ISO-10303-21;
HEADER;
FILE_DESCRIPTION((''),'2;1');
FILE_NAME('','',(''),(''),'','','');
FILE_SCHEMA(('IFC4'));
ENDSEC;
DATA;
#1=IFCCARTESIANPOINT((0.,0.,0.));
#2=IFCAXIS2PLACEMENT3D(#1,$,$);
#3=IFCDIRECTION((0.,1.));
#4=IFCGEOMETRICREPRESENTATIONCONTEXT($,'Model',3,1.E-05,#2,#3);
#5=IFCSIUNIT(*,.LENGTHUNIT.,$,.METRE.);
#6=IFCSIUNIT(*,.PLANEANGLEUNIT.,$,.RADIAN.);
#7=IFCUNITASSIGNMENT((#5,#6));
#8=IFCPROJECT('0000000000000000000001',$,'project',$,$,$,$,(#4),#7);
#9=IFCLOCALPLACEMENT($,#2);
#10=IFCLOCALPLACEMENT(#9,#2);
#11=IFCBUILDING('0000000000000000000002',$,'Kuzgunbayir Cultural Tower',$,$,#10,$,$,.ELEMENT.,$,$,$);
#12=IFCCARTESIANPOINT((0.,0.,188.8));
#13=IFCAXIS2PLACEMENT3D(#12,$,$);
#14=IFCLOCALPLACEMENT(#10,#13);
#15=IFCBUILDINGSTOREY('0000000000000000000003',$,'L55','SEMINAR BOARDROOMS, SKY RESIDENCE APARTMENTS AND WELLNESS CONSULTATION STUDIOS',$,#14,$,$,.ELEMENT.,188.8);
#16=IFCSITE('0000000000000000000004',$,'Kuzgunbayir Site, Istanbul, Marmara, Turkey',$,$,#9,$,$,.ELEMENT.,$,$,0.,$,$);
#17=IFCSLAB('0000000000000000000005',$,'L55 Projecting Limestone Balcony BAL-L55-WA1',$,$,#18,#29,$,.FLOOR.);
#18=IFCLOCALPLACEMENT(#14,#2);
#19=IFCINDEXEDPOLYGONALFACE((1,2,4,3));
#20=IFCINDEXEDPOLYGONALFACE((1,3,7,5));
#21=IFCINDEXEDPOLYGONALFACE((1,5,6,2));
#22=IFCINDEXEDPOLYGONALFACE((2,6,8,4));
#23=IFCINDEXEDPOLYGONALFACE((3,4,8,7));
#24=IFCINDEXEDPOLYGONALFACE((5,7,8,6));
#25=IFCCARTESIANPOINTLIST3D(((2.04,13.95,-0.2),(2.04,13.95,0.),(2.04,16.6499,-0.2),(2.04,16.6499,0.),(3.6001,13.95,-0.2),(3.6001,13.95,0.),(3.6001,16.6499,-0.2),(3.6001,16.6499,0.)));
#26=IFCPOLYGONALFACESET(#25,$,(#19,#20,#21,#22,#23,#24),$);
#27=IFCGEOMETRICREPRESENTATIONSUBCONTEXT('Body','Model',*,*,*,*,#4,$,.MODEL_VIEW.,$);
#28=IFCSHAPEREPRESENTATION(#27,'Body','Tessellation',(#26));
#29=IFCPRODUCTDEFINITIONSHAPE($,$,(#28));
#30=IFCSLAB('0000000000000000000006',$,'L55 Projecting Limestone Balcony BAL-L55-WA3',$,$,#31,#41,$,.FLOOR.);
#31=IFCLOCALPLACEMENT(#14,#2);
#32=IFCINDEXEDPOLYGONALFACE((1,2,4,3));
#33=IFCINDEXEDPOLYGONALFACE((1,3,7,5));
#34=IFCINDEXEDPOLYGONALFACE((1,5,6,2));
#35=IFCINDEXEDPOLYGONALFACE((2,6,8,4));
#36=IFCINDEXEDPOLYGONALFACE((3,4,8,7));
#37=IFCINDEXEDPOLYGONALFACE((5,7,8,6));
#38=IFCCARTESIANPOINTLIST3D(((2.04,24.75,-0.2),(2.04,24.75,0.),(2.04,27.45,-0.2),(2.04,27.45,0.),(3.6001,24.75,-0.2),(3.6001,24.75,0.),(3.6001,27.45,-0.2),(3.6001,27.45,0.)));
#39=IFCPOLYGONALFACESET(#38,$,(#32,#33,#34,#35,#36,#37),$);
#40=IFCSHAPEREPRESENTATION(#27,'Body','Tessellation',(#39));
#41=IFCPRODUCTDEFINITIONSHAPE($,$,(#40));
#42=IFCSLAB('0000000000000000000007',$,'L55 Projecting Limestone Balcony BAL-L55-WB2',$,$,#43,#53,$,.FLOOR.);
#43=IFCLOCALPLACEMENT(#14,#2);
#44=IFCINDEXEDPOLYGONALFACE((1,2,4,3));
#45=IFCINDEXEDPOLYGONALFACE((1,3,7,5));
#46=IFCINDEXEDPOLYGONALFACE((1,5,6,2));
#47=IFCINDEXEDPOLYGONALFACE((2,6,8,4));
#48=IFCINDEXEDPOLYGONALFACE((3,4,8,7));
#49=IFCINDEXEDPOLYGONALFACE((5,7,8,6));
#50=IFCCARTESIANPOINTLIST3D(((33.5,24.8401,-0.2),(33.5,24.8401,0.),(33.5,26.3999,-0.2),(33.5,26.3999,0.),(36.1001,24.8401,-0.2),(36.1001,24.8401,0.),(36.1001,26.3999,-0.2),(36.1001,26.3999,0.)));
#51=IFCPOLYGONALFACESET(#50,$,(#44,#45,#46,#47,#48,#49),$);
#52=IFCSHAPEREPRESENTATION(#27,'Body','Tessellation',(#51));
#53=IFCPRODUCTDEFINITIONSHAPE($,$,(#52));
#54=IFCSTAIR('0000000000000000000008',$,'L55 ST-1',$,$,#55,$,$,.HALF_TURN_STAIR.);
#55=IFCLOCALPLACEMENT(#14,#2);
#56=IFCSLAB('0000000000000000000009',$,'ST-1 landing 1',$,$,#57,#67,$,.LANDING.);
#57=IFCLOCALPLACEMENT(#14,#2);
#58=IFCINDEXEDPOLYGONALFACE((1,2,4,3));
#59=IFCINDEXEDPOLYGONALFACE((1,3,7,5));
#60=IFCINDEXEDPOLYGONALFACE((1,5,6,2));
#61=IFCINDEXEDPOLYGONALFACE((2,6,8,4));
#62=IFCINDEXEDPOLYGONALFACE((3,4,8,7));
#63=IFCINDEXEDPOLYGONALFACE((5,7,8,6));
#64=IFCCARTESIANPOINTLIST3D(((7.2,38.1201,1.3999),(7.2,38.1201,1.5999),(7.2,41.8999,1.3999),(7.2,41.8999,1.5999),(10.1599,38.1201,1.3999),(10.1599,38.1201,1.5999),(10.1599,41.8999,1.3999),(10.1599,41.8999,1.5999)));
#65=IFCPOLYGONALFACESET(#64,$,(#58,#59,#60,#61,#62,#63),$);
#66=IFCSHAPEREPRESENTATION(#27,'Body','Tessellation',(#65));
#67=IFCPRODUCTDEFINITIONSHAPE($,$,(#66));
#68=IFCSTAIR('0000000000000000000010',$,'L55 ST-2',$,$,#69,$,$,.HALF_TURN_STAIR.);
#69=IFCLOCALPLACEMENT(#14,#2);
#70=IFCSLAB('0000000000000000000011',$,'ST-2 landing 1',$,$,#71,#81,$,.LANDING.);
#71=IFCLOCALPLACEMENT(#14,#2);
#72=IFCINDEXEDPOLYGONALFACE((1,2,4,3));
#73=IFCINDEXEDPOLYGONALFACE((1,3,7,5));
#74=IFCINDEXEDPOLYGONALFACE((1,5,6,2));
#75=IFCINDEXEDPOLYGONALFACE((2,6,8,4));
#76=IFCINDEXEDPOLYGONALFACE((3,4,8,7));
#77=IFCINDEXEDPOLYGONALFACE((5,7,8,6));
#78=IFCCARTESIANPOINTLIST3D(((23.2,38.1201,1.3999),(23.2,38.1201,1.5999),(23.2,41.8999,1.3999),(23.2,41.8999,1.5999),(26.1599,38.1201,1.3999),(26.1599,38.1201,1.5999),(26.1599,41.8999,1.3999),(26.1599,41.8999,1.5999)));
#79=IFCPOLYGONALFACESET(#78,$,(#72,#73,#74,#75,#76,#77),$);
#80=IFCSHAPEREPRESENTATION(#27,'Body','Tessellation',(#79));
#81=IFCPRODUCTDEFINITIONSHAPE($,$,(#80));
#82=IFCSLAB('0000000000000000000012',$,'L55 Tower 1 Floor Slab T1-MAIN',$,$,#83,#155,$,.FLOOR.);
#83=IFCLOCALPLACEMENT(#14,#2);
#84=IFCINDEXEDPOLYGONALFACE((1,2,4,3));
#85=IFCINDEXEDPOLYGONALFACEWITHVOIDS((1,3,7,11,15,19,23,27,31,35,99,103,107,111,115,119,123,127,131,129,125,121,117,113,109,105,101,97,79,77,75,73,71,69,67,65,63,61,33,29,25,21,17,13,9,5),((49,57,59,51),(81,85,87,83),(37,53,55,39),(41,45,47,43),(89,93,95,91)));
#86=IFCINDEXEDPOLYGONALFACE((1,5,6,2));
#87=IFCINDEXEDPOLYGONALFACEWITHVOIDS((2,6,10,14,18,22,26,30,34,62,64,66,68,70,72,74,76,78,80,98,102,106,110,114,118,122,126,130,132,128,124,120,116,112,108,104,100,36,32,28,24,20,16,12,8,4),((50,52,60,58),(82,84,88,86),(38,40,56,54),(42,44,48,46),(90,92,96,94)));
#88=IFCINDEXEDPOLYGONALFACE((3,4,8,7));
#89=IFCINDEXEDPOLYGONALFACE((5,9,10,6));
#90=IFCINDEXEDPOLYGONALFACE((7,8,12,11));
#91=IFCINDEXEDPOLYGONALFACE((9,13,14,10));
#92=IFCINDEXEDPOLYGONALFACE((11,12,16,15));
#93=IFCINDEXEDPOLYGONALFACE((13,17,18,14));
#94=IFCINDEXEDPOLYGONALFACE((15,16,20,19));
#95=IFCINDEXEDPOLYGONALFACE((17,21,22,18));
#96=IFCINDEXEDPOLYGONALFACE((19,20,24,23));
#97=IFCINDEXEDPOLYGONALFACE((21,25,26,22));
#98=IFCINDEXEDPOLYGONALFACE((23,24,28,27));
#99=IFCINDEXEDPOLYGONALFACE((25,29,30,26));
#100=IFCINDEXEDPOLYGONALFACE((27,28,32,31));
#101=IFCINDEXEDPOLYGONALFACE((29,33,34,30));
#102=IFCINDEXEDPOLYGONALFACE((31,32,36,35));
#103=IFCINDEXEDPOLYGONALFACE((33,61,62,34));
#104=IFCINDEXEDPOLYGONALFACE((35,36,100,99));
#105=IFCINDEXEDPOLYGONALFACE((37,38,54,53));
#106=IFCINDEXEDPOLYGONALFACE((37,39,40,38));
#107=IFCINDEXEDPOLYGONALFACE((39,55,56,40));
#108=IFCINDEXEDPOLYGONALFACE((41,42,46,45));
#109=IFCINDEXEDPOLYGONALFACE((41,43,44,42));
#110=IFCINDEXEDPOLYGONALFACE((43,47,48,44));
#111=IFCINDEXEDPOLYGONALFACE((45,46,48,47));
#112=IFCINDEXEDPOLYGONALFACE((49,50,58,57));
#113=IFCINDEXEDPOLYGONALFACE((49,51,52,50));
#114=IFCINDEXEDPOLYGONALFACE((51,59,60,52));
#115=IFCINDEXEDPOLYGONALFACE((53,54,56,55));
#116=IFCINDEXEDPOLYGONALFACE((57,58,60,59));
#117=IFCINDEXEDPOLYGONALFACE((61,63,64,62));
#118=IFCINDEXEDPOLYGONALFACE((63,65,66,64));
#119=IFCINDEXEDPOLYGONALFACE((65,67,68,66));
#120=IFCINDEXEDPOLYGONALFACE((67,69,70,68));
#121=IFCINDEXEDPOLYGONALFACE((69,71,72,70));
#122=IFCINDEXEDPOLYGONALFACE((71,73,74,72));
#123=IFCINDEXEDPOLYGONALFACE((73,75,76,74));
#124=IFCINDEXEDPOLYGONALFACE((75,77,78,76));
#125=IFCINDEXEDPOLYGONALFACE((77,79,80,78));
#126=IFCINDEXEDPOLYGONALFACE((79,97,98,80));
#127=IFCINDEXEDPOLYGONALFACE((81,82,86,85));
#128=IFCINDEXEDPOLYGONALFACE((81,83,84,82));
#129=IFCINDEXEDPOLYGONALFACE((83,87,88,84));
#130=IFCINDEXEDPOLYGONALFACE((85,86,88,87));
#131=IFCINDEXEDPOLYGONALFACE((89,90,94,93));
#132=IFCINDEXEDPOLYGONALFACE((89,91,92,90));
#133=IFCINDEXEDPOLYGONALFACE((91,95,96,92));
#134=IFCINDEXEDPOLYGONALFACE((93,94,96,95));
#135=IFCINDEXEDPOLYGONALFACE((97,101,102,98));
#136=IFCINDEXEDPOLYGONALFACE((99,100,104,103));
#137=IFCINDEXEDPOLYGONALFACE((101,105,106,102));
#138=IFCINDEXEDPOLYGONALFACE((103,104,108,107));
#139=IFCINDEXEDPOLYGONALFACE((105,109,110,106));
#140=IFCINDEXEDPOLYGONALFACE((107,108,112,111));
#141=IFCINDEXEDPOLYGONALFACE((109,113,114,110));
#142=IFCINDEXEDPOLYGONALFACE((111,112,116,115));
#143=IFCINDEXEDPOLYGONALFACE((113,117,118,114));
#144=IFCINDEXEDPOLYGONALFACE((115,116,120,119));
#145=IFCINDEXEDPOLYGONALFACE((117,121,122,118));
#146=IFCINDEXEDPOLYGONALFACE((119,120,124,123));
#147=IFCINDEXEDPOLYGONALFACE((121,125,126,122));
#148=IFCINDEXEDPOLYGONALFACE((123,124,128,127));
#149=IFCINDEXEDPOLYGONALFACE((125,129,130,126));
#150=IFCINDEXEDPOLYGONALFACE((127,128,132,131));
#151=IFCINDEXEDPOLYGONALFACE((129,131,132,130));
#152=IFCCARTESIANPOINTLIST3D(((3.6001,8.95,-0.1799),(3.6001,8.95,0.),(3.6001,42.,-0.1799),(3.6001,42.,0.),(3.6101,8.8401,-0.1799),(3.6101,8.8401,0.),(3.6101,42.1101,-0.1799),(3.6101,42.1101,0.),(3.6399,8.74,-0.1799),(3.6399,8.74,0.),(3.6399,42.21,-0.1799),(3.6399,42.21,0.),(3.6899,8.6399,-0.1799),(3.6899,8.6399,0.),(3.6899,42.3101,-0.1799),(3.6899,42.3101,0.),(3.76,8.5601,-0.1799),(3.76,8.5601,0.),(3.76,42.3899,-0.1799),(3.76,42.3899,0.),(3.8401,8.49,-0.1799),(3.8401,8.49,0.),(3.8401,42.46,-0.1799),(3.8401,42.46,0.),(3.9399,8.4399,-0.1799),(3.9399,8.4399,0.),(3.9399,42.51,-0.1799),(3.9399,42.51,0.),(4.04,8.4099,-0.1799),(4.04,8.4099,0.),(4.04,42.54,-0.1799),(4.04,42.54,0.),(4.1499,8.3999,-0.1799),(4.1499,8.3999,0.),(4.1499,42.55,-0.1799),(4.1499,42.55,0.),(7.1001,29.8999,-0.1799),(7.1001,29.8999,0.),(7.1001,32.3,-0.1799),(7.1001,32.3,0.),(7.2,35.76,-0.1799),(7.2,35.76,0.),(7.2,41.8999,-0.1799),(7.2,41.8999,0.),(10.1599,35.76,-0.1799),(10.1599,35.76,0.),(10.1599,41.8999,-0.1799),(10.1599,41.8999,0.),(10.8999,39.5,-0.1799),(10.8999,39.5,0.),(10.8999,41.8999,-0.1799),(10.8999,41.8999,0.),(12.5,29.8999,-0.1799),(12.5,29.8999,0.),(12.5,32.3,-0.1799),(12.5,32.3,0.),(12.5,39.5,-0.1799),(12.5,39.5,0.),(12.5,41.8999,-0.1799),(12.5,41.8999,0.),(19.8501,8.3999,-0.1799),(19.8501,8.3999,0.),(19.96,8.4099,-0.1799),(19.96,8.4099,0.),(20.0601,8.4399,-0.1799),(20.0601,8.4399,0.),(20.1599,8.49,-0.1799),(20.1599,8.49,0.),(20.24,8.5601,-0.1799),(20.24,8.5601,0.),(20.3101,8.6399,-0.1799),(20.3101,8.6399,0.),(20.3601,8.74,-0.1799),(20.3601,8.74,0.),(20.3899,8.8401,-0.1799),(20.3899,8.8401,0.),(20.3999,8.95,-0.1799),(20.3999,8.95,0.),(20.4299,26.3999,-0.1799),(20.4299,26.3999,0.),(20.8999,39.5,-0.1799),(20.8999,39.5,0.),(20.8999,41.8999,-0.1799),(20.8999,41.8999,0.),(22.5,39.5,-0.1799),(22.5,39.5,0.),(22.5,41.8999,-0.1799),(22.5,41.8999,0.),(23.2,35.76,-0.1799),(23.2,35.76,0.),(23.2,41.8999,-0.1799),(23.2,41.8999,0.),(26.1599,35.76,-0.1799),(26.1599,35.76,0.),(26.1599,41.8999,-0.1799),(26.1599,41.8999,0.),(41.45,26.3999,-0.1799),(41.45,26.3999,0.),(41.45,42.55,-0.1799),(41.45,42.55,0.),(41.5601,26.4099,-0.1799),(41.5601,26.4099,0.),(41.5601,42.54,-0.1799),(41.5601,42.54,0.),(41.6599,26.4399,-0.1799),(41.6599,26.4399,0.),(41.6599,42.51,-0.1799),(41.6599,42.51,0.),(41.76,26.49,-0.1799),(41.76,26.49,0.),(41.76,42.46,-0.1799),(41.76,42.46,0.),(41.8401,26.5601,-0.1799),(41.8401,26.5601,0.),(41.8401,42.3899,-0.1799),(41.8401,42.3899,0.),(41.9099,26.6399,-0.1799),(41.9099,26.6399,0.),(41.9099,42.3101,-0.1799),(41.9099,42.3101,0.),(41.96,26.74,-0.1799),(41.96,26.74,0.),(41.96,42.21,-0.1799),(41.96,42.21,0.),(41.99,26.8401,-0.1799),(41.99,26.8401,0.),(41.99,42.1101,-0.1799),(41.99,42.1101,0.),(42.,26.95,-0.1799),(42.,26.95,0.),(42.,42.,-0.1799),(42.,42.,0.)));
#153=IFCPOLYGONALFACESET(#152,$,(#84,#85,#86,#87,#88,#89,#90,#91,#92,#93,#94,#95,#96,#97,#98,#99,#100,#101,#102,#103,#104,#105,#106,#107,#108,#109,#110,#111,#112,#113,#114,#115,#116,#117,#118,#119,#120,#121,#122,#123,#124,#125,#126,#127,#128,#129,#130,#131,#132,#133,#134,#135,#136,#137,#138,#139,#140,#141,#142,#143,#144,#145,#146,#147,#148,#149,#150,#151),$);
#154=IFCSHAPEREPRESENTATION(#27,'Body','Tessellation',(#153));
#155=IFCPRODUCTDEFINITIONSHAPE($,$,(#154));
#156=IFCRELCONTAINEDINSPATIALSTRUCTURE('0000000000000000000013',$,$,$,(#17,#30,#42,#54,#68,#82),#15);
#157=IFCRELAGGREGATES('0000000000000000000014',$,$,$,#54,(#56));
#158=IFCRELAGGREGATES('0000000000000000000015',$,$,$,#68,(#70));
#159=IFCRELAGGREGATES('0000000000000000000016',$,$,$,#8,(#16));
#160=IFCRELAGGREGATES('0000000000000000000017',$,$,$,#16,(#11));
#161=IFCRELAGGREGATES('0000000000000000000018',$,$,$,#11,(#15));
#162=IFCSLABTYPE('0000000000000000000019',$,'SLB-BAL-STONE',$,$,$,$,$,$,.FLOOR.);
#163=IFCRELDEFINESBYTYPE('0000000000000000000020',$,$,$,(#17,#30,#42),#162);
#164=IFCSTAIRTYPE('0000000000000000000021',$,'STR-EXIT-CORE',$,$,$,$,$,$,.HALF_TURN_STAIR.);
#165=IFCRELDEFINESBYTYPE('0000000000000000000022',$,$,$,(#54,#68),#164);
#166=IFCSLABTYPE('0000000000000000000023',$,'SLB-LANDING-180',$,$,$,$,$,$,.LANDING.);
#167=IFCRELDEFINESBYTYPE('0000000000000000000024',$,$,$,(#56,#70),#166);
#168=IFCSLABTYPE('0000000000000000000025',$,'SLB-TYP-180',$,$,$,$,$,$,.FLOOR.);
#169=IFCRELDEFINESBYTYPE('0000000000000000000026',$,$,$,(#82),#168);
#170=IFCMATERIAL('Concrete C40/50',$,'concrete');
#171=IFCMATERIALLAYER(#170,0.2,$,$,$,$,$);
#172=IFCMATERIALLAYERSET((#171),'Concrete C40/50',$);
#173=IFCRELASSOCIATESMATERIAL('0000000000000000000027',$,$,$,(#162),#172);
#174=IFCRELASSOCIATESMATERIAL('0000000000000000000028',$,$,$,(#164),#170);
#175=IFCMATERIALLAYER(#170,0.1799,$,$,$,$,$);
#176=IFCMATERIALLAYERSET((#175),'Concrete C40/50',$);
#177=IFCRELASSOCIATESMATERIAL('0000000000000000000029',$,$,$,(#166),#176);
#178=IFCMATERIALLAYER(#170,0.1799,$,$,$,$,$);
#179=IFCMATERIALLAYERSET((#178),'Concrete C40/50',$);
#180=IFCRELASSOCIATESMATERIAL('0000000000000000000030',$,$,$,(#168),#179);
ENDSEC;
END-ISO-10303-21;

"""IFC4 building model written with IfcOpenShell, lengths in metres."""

from ifc_helpers import new_model, si_unit, direction, frame, origin, place, context, subcontext, project, spatial, polyline, outline, extrude, material, layer, layer_set, type_object, element, aggregate, save


model = new_model("IFC4")

# Units and contexts
model_context = context("Model", 3, precision=1e-05, world=origin(), true_north=direction((0.0, 1.0)))
body_context = subcontext(model_context, "Body", "Model", "MODEL_VIEW")
ifc_project = project(units=[si_unit("LENGTHUNIT", "METRE"), si_unit("PLANEANGLEUNIT", "RADIAN")], contexts=[model_context])

# Site, building, storey
site_placement = place(None, origin())
site = spatial("IfcSite", under=ifc_project, at=site_placement, Name="Kuzgunbayir Site, Istanbul, Marmara, Turkey", CompositionType="ELEMENT", RefElevation=0.0)
building_placement = place(site_placement, origin())
building = spatial("IfcBuilding", under=site, at=building_placement, Name="Kuzgunbayir Cultural Tower", CompositionType="ELEMENT")
storey_placement = place(building_placement, frame((0.0, 0.0, 188.8)))
storey = spatial("IfcBuildingStorey", under=building, at=storey_placement, Name="L55", Description="SEMINAR BOARDROOMS, SKY RESIDENCE APARTMENTS AND WELLNESS CONSULTATION STUDIOS", CompositionType="ELEMENT", Elevation=188.8)

# Slabs
ifc_material_1 = material(Name="Concrete C40/50", Category="concrete")
ifc_layer_1 = layer(ifc_material_1, 0.2)
ifc_layer_set_1 = layer_set([ifc_layer_1], Name="Concrete C40/50")
slab_type_1 = type_object("IfcSlabType", Name="SLB-BAL-STONE", PredefinedType="FLOOR", material=ifc_layer_set_1)
slab_1_placement = place(storey_placement, frame((0.0, 0.0, -0.2)))
element("IfcSlab", 1, at=slab_1_placement, inside=storey, type_object=slab_type_1, Name="L55 Projecting Limestone Balcony BAL-L55-WA1", PredefinedType="FLOOR", context=body_context, shape_type="SweptSolid", body=[
    extrude(outline(polyline([(2.04, 13.95), (3.6001, 13.95), (3.6001, 16.6499), (2.04, 16.6499), (2.04, 13.95)])), origin(), (0.0, 0.0, 1.0), 0.2),
])
slab_2_placement = place(storey_placement, frame((0.0, 0.0, -0.2)))
element("IfcSlab", 2, at=slab_2_placement, inside=storey, type_object=slab_type_1, Name="L55 Projecting Limestone Balcony BAL-L55-WA3", PredefinedType="FLOOR", context=body_context, shape_type="SweptSolid", body=[
    extrude(outline(polyline([(2.04, 24.75), (3.6001, 24.75), (3.6001, 27.45), (2.04, 27.45), (2.04, 24.75)])), origin(), (0.0, 0.0, 1.0), 0.2),
])
slab_3_placement = place(storey_placement, frame((0.0, 0.0, -0.2)))
element("IfcSlab", 3, at=slab_3_placement, inside=storey, type_object=slab_type_1, Name="L55 Projecting Limestone Balcony BAL-L55-WB2", PredefinedType="FLOOR", context=body_context, shape_type="SweptSolid", body=[
    extrude(outline(polyline([(33.5, 24.8401), (36.1001, 24.8401), (36.1001, 26.3999), (33.5, 26.3999), (33.5, 24.8401)])), origin(), (0.0, 0.0, 1.0), 0.2),
])

# Stairs, slabs
stair_type = type_object("IfcStairType", Name="STR-EXIT-CORE", PredefinedType="HALF_TURN_STAIR", material=ifc_material_1)
stair_1_placement = place(storey_placement, origin())
stair_1 = element("IfcStair", 4, at=stair_1_placement, inside=storey, type_object=stair_type, Name="L55 ST-1", PredefinedType="HALF_TURN_STAIR")
ifc_layer_2 = layer(ifc_material_1, 0.1799)
ifc_layer_set_2 = layer_set([ifc_layer_2], Name="Concrete C40/50")
slab_type_2 = type_object("IfcSlabType", Name="SLB-LANDING-180", PredefinedType="LANDING", material=ifc_layer_set_2)
slab_4_placement = place(storey_placement, frame((0.0, 0.0, 1.3999)))
slab_4 = element("IfcSlab", 5, at=slab_4_placement, type_object=slab_type_2, Name="ST-1 landing 1", PredefinedType="LANDING", context=body_context, shape_type="SweptSolid", body=[
    extrude(outline(polyline([(10.1599, 38.1201), (10.1599, 41.8999), (7.2, 41.8999), (7.2, 38.1201), (10.1599, 38.1201)])), origin(), (0.0, 0.0, 1.0), 0.2),
])
aggregate(stair_1, [slab_4])
stair_2_placement = place(storey_placement, origin())
stair_2 = element("IfcStair", 6, at=stair_2_placement, inside=storey, type_object=stair_type, Name="L55 ST-2", PredefinedType="HALF_TURN_STAIR")
slab_5_placement = place(storey_placement, frame((0.0, 0.0, 1.3999)))
slab_5 = element("IfcSlab", 7, at=slab_5_placement, type_object=slab_type_2, Name="ST-2 landing 1", PredefinedType="LANDING", context=body_context, shape_type="SweptSolid", body=[
    extrude(outline(polyline([(26.1599, 38.1201), (26.1599, 41.8999), (23.2, 41.8999), (23.2, 38.1201), (26.1599, 38.1201)])), origin(), (0.0, 0.0, 1.0), 0.2),
])
aggregate(stair_2, [slab_5])

# Slab
ifc_layer_3 = layer(ifc_material_1, 0.1799)
ifc_layer_set_3 = layer_set([ifc_layer_3], Name="Concrete C40/50")
slab_type_3 = type_object("IfcSlabType", Name="SLB-TYP-180", PredefinedType="FLOOR", material=ifc_layer_set_3)
slab_6_placement = place(storey_placement, frame((0.0, 0.0, -0.1799)))
element("IfcSlab", 8, at=slab_6_placement, inside=storey, type_object=slab_type_3, Name="L55 Tower 1 Floor Slab T1-MAIN", PredefinedType="FLOOR", context=body_context, shape_type="SweptSolid", body=[
    extrude(outline(polyline([(20.3999, 8.95), (20.3899, 8.8401), (20.3601, 8.74), (20.3101, 8.6399), (20.24, 8.5601), (20.1599, 8.49), (20.0601, 8.4399), (19.96, 8.4099), (19.8501, 8.3999), (4.1499, 8.3999), (4.04, 8.4099), (3.9399, 8.4399), (3.8401, 8.49), (3.76, 8.5601), (3.6899, 8.6399), (3.6399, 8.74), (3.6101, 8.8401), (3.6001, 8.95), (3.6001, 42.0), (3.6101, 42.1101), (3.6399, 42.21), (3.6899, 42.3101), (3.76, 42.3899), (3.8401, 42.46), (3.9399, 42.51), (4.04, 42.54), (4.1499, 42.55), (41.45, 42.55), (41.5601, 42.54), (41.6599, 42.51), (41.76, 42.46), (41.8401, 42.3899), (41.9099, 42.3101), (41.96, 42.21), (41.99, 42.1101), (42.0, 42.0), (42.0, 26.95), (41.99, 26.8401), (41.96, 26.74), (41.9099, 26.6399), (41.8401, 26.5601), (41.76, 26.49), (41.6599, 26.4399), (41.5601, 26.4099), (41.45, 26.3999), (20.4299, 26.3999), (20.3999, 8.95)]), holes=[polyline([(7.2, 35.76), (7.2, 41.8999), (10.1599, 41.8999), (10.1599, 35.76), (7.2, 35.76)]), polyline([(23.2, 35.76), (23.2, 41.8999), (26.1599, 41.8999), (26.1599, 35.76), (23.2, 35.76)]), polyline([(7.1001, 29.8999), (7.1001, 32.3), (12.5, 32.3), (12.5, 29.8999), (7.1001, 29.8999)]), polyline([(10.8999, 39.5), (10.8999, 41.8999), (12.5, 41.8999), (12.5, 39.5), (10.8999, 39.5)]), polyline([(20.8999, 39.5), (20.8999, 41.8999), (22.5, 41.8999), (22.5, 39.5), (20.8999, 39.5)])]), origin(), (0.0, 0.0, 1.0), 0.1799),
])

save(model, "model.ifc")
